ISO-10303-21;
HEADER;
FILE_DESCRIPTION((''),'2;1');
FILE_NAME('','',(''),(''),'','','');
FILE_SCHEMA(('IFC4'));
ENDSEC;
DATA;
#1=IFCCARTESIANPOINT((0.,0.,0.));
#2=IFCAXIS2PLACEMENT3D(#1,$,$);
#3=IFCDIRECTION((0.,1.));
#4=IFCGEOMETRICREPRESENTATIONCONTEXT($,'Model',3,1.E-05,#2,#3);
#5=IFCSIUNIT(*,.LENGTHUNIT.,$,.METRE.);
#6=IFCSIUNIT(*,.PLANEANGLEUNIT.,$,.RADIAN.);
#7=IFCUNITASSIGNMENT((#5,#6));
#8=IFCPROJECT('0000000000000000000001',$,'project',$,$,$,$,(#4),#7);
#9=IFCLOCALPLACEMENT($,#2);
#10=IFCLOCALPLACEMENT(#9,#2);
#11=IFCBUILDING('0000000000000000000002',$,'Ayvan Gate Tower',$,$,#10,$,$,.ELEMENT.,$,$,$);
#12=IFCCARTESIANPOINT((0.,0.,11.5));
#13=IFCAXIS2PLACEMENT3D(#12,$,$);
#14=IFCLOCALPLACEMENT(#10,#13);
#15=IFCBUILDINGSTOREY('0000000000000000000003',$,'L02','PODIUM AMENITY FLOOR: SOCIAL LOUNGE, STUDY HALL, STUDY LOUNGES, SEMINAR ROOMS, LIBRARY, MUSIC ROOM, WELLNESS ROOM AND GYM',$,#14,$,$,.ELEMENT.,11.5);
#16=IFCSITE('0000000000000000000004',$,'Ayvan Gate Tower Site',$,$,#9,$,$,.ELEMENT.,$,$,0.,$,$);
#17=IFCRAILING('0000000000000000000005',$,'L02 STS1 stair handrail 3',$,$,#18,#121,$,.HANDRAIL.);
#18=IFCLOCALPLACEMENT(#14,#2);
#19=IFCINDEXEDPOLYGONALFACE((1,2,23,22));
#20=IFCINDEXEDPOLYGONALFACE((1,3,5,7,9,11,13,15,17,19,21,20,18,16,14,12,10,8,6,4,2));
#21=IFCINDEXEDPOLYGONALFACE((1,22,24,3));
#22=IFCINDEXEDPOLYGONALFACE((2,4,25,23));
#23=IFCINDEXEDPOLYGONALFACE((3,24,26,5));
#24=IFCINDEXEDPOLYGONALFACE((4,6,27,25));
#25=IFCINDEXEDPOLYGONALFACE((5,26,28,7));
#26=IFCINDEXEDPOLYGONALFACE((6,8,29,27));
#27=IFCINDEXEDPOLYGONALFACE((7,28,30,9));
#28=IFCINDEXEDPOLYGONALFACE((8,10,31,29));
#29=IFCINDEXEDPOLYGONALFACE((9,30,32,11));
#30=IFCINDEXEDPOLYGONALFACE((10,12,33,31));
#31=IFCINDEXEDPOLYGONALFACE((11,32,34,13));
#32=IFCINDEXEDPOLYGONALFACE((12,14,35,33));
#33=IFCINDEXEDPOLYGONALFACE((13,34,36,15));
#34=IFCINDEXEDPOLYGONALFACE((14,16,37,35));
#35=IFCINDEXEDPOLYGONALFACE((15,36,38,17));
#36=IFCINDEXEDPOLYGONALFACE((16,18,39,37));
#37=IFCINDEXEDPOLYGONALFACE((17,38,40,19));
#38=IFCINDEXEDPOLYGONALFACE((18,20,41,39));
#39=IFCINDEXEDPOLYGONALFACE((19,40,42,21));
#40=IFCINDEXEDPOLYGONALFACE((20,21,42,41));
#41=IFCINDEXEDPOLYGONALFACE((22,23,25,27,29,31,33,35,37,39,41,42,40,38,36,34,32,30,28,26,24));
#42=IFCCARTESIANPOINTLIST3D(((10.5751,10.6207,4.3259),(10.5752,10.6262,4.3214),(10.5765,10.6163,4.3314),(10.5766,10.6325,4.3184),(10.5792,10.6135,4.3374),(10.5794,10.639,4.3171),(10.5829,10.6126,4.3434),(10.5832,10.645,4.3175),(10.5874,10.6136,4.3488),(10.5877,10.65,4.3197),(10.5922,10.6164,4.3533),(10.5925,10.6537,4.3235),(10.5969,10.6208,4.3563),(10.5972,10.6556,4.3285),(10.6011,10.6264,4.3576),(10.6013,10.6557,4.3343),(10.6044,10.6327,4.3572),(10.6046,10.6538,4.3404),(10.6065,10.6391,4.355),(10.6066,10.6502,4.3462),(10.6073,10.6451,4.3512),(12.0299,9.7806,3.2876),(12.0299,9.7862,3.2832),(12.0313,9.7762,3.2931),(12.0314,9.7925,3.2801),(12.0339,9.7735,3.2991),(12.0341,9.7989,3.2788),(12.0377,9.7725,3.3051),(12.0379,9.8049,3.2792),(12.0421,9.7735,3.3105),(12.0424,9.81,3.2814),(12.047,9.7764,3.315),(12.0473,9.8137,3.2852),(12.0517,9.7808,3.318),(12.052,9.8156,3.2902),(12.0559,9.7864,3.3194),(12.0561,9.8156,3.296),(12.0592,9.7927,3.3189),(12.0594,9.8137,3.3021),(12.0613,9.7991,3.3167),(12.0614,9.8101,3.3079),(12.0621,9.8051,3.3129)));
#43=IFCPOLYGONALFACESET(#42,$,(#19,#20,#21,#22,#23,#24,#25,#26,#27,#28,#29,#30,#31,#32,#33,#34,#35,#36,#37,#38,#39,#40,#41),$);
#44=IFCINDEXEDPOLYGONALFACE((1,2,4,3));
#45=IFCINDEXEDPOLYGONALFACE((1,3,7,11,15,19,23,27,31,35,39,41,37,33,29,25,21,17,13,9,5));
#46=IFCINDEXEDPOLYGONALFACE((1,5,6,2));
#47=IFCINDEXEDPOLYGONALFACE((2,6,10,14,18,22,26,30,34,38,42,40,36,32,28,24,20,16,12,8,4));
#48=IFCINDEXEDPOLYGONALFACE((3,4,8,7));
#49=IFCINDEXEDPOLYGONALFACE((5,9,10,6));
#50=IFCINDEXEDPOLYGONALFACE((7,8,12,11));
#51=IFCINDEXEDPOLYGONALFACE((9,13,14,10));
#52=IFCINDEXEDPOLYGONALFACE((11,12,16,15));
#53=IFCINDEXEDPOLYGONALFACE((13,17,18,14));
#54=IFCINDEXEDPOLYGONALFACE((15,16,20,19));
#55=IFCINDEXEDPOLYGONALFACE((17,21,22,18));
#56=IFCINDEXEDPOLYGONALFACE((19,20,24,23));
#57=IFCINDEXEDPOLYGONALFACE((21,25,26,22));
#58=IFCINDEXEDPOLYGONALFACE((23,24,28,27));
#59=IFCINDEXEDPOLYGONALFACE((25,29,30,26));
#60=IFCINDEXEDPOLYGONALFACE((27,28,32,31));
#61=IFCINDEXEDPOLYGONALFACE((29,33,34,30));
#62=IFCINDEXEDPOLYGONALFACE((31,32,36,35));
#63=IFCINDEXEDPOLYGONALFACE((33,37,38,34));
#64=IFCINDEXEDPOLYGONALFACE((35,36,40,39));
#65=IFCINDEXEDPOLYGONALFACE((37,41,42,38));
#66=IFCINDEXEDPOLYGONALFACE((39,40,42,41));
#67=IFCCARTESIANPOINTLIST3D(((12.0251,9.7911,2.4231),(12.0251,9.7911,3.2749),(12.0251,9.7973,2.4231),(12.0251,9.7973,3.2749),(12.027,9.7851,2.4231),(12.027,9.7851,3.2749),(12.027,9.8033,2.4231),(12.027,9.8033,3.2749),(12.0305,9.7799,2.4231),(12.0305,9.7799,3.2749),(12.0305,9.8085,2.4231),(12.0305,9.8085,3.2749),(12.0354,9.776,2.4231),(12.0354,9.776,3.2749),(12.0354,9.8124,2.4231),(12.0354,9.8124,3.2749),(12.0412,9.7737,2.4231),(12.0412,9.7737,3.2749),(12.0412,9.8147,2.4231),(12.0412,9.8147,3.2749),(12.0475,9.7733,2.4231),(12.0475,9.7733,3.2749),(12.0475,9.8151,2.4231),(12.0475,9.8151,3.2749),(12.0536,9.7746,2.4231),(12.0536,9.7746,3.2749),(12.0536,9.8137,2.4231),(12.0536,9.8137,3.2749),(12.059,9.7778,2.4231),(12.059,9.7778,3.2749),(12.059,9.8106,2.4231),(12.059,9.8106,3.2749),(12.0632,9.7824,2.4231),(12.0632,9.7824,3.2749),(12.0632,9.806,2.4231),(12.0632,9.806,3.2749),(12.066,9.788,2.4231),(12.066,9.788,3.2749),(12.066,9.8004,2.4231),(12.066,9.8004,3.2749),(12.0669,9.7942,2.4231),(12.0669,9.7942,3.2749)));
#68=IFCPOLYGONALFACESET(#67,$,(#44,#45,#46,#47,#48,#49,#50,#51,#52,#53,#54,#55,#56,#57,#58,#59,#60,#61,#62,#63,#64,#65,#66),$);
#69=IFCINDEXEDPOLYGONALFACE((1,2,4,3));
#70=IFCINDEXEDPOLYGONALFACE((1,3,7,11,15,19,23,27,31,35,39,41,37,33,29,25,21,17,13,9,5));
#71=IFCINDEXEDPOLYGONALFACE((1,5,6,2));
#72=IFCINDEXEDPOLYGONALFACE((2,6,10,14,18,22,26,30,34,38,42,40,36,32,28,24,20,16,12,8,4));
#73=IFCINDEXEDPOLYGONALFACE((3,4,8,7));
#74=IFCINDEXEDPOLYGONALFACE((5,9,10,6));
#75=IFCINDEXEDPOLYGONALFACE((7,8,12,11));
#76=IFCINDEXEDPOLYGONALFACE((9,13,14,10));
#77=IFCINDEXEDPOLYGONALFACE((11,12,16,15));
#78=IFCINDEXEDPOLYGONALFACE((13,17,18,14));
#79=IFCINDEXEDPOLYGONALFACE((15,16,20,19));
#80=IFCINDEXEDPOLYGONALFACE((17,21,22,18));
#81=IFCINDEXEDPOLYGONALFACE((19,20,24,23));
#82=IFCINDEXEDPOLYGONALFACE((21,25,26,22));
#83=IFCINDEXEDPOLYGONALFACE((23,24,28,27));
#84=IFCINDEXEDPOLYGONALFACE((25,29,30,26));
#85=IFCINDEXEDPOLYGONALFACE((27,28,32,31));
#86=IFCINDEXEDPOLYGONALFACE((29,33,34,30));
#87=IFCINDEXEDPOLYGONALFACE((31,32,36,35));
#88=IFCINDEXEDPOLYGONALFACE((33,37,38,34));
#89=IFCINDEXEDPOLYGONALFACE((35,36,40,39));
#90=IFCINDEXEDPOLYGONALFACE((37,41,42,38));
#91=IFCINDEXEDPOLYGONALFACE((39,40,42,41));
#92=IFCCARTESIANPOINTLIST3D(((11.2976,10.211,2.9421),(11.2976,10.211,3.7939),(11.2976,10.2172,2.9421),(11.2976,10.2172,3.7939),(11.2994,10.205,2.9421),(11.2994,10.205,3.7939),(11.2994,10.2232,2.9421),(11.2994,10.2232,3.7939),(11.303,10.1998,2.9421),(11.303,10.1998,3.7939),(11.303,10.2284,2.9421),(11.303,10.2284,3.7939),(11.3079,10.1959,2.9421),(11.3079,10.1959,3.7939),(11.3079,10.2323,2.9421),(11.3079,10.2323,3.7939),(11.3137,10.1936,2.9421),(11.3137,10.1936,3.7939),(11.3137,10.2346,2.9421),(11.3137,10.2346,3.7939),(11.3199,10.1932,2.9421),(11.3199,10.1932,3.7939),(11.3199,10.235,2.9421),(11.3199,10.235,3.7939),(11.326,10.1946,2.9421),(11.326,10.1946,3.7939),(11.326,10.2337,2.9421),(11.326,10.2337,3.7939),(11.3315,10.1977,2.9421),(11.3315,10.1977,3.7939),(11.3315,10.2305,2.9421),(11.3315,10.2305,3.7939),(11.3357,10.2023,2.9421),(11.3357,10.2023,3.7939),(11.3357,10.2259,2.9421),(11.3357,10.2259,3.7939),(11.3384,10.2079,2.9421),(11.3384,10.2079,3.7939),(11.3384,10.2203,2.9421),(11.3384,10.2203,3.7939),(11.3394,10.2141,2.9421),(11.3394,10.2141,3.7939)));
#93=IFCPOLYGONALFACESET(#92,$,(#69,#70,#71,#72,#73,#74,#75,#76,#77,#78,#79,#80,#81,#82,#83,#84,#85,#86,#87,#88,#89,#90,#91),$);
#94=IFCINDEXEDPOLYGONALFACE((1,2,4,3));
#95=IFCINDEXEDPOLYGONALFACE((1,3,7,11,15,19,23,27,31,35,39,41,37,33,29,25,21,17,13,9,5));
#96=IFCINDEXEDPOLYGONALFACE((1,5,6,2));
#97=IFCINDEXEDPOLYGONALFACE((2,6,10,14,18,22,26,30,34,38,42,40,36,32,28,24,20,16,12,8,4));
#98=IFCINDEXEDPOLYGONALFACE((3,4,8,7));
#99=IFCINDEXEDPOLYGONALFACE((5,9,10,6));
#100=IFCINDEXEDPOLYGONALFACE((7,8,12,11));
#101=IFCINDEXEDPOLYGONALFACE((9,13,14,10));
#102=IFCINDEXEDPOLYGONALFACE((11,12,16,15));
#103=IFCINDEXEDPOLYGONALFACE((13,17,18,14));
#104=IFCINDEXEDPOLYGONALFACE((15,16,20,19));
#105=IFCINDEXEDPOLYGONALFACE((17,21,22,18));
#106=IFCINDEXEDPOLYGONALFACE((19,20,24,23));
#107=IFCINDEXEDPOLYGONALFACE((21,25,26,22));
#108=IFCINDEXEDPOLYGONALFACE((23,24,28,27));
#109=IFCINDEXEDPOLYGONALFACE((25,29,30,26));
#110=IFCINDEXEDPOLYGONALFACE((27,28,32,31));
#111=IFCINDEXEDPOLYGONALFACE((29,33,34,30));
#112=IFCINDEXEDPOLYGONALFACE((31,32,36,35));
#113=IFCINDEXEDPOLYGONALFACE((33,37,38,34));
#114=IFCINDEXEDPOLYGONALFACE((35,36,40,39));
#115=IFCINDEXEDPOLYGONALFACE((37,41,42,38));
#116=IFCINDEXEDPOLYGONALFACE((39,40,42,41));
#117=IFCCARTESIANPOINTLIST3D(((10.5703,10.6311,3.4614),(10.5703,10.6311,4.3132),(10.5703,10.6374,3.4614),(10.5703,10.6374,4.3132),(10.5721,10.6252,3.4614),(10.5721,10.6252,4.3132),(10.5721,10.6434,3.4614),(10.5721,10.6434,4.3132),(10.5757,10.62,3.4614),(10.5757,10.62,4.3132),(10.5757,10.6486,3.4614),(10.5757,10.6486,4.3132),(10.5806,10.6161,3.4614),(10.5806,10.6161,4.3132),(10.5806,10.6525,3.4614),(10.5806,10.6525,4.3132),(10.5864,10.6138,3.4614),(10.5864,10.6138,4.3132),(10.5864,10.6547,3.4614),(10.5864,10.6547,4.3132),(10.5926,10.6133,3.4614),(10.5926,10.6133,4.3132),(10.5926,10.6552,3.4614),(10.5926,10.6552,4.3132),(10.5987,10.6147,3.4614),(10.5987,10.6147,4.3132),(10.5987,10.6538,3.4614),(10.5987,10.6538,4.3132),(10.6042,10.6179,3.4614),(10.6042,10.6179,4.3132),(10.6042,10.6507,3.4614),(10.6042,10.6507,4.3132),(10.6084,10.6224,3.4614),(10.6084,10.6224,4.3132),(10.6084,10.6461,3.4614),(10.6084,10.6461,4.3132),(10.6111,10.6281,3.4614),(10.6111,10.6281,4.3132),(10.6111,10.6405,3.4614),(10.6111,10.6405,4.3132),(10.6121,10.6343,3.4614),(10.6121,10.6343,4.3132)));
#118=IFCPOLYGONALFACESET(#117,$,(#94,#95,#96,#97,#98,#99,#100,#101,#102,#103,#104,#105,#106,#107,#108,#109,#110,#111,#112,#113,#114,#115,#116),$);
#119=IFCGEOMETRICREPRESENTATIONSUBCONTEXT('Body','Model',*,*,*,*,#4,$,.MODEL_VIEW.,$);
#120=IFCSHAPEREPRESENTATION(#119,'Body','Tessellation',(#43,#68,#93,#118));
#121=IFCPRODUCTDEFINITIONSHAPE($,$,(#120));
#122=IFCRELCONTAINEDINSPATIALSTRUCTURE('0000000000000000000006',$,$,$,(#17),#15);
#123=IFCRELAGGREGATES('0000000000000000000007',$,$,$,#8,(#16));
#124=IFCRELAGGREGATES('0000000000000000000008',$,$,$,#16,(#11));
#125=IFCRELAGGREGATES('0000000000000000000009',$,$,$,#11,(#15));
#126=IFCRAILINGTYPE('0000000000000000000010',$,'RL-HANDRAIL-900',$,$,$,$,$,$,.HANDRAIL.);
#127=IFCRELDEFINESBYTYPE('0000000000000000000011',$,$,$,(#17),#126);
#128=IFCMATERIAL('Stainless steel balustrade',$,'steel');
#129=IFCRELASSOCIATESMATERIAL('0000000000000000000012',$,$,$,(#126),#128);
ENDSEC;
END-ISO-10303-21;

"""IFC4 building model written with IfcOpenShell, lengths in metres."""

from ifc_helpers import new_model, si_unit, direction, frame, origin, origin_2d, place, context, subcontext, project, spatial, circle, extrude, material, type_object, element, save


model = new_model("IFC4")

# Units and contexts
model_context = context("Model", 3, precision=1e-05, world=origin(), true_north=direction((0.0, 1.0)))
body_context = subcontext(model_context, "Body", "Model", "MODEL_VIEW")
ifc_project = project(units=[si_unit("LENGTHUNIT", "METRE"), si_unit("PLANEANGLEUNIT", "RADIAN")], contexts=[model_context])

# Site, building, storey
site_placement = place(None, origin())
site = spatial("IfcSite", under=ifc_project, at=site_placement, Name="Ayvan Gate Tower Site", CompositionType="ELEMENT", RefElevation=0.0)
building_placement = place(site_placement, origin())
building = spatial("IfcBuilding", under=site, at=building_placement, Name="Ayvan Gate Tower", CompositionType="ELEMENT")
storey_placement = place(building_placement, frame((0.0, 0.0, 11.5)))
storey = spatial("IfcBuildingStorey", under=building, at=storey_placement, Name="L02", Description="PODIUM AMENITY FLOOR: SOCIAL LOUNGE, STUDY HALL, STUDY LOUNGES, SEMINAR ROOMS, LIBRARY, MUSIC ROOM, WELLNESS ROOM AND GYM", CompositionType="ELEMENT", Elevation=11.5)

# Railing
ifc_material_1 = material(Name="Stainless steel balustrade", Category="steel")
railing_type = type_object("IfcRailingType", Name="RL-HANDRAIL-900", PredefinedType="HANDRAIL", material=ifc_material_1)
railing_placement = place(storey_placement, frame((12.0459, 9.7942, 2.4231)))
element("IfcRailing", 1, at=railing_placement, inside=storey, type_object=railing_type, Name="L02 STS1 stair handrail 3", PredefinedType="HANDRAIL", context=body_context, shape_type="SweptSolid", body=[
    extrude(circle(Radius=0.0239, at=origin_2d()), frame((0.0, 0.0, 0.876), z_axis=(-0.736644, 0.425372, 0.525751), x_axis=(-0.500062, -0.86599, 0.0)), (0.0, 0.0, 1.0), 1.9749),
    extrude(circle(Radius=0.021, at=origin_2d()), origin(), (0.0, 0.0, 1.0), 0.8518),
    extrude(circle(Radius=0.021, at=origin_2d()), frame((-0.7275, 0.4199, 0.519)), (0.0, 0.0, 1.0), 0.8518),
    extrude(circle(Radius=0.021, at=origin_2d()), frame((-1.4548, 0.8401, 1.0383)), (0.0, 0.0, 1.0), 0.8518),
])

save(model, "model.ifc")
